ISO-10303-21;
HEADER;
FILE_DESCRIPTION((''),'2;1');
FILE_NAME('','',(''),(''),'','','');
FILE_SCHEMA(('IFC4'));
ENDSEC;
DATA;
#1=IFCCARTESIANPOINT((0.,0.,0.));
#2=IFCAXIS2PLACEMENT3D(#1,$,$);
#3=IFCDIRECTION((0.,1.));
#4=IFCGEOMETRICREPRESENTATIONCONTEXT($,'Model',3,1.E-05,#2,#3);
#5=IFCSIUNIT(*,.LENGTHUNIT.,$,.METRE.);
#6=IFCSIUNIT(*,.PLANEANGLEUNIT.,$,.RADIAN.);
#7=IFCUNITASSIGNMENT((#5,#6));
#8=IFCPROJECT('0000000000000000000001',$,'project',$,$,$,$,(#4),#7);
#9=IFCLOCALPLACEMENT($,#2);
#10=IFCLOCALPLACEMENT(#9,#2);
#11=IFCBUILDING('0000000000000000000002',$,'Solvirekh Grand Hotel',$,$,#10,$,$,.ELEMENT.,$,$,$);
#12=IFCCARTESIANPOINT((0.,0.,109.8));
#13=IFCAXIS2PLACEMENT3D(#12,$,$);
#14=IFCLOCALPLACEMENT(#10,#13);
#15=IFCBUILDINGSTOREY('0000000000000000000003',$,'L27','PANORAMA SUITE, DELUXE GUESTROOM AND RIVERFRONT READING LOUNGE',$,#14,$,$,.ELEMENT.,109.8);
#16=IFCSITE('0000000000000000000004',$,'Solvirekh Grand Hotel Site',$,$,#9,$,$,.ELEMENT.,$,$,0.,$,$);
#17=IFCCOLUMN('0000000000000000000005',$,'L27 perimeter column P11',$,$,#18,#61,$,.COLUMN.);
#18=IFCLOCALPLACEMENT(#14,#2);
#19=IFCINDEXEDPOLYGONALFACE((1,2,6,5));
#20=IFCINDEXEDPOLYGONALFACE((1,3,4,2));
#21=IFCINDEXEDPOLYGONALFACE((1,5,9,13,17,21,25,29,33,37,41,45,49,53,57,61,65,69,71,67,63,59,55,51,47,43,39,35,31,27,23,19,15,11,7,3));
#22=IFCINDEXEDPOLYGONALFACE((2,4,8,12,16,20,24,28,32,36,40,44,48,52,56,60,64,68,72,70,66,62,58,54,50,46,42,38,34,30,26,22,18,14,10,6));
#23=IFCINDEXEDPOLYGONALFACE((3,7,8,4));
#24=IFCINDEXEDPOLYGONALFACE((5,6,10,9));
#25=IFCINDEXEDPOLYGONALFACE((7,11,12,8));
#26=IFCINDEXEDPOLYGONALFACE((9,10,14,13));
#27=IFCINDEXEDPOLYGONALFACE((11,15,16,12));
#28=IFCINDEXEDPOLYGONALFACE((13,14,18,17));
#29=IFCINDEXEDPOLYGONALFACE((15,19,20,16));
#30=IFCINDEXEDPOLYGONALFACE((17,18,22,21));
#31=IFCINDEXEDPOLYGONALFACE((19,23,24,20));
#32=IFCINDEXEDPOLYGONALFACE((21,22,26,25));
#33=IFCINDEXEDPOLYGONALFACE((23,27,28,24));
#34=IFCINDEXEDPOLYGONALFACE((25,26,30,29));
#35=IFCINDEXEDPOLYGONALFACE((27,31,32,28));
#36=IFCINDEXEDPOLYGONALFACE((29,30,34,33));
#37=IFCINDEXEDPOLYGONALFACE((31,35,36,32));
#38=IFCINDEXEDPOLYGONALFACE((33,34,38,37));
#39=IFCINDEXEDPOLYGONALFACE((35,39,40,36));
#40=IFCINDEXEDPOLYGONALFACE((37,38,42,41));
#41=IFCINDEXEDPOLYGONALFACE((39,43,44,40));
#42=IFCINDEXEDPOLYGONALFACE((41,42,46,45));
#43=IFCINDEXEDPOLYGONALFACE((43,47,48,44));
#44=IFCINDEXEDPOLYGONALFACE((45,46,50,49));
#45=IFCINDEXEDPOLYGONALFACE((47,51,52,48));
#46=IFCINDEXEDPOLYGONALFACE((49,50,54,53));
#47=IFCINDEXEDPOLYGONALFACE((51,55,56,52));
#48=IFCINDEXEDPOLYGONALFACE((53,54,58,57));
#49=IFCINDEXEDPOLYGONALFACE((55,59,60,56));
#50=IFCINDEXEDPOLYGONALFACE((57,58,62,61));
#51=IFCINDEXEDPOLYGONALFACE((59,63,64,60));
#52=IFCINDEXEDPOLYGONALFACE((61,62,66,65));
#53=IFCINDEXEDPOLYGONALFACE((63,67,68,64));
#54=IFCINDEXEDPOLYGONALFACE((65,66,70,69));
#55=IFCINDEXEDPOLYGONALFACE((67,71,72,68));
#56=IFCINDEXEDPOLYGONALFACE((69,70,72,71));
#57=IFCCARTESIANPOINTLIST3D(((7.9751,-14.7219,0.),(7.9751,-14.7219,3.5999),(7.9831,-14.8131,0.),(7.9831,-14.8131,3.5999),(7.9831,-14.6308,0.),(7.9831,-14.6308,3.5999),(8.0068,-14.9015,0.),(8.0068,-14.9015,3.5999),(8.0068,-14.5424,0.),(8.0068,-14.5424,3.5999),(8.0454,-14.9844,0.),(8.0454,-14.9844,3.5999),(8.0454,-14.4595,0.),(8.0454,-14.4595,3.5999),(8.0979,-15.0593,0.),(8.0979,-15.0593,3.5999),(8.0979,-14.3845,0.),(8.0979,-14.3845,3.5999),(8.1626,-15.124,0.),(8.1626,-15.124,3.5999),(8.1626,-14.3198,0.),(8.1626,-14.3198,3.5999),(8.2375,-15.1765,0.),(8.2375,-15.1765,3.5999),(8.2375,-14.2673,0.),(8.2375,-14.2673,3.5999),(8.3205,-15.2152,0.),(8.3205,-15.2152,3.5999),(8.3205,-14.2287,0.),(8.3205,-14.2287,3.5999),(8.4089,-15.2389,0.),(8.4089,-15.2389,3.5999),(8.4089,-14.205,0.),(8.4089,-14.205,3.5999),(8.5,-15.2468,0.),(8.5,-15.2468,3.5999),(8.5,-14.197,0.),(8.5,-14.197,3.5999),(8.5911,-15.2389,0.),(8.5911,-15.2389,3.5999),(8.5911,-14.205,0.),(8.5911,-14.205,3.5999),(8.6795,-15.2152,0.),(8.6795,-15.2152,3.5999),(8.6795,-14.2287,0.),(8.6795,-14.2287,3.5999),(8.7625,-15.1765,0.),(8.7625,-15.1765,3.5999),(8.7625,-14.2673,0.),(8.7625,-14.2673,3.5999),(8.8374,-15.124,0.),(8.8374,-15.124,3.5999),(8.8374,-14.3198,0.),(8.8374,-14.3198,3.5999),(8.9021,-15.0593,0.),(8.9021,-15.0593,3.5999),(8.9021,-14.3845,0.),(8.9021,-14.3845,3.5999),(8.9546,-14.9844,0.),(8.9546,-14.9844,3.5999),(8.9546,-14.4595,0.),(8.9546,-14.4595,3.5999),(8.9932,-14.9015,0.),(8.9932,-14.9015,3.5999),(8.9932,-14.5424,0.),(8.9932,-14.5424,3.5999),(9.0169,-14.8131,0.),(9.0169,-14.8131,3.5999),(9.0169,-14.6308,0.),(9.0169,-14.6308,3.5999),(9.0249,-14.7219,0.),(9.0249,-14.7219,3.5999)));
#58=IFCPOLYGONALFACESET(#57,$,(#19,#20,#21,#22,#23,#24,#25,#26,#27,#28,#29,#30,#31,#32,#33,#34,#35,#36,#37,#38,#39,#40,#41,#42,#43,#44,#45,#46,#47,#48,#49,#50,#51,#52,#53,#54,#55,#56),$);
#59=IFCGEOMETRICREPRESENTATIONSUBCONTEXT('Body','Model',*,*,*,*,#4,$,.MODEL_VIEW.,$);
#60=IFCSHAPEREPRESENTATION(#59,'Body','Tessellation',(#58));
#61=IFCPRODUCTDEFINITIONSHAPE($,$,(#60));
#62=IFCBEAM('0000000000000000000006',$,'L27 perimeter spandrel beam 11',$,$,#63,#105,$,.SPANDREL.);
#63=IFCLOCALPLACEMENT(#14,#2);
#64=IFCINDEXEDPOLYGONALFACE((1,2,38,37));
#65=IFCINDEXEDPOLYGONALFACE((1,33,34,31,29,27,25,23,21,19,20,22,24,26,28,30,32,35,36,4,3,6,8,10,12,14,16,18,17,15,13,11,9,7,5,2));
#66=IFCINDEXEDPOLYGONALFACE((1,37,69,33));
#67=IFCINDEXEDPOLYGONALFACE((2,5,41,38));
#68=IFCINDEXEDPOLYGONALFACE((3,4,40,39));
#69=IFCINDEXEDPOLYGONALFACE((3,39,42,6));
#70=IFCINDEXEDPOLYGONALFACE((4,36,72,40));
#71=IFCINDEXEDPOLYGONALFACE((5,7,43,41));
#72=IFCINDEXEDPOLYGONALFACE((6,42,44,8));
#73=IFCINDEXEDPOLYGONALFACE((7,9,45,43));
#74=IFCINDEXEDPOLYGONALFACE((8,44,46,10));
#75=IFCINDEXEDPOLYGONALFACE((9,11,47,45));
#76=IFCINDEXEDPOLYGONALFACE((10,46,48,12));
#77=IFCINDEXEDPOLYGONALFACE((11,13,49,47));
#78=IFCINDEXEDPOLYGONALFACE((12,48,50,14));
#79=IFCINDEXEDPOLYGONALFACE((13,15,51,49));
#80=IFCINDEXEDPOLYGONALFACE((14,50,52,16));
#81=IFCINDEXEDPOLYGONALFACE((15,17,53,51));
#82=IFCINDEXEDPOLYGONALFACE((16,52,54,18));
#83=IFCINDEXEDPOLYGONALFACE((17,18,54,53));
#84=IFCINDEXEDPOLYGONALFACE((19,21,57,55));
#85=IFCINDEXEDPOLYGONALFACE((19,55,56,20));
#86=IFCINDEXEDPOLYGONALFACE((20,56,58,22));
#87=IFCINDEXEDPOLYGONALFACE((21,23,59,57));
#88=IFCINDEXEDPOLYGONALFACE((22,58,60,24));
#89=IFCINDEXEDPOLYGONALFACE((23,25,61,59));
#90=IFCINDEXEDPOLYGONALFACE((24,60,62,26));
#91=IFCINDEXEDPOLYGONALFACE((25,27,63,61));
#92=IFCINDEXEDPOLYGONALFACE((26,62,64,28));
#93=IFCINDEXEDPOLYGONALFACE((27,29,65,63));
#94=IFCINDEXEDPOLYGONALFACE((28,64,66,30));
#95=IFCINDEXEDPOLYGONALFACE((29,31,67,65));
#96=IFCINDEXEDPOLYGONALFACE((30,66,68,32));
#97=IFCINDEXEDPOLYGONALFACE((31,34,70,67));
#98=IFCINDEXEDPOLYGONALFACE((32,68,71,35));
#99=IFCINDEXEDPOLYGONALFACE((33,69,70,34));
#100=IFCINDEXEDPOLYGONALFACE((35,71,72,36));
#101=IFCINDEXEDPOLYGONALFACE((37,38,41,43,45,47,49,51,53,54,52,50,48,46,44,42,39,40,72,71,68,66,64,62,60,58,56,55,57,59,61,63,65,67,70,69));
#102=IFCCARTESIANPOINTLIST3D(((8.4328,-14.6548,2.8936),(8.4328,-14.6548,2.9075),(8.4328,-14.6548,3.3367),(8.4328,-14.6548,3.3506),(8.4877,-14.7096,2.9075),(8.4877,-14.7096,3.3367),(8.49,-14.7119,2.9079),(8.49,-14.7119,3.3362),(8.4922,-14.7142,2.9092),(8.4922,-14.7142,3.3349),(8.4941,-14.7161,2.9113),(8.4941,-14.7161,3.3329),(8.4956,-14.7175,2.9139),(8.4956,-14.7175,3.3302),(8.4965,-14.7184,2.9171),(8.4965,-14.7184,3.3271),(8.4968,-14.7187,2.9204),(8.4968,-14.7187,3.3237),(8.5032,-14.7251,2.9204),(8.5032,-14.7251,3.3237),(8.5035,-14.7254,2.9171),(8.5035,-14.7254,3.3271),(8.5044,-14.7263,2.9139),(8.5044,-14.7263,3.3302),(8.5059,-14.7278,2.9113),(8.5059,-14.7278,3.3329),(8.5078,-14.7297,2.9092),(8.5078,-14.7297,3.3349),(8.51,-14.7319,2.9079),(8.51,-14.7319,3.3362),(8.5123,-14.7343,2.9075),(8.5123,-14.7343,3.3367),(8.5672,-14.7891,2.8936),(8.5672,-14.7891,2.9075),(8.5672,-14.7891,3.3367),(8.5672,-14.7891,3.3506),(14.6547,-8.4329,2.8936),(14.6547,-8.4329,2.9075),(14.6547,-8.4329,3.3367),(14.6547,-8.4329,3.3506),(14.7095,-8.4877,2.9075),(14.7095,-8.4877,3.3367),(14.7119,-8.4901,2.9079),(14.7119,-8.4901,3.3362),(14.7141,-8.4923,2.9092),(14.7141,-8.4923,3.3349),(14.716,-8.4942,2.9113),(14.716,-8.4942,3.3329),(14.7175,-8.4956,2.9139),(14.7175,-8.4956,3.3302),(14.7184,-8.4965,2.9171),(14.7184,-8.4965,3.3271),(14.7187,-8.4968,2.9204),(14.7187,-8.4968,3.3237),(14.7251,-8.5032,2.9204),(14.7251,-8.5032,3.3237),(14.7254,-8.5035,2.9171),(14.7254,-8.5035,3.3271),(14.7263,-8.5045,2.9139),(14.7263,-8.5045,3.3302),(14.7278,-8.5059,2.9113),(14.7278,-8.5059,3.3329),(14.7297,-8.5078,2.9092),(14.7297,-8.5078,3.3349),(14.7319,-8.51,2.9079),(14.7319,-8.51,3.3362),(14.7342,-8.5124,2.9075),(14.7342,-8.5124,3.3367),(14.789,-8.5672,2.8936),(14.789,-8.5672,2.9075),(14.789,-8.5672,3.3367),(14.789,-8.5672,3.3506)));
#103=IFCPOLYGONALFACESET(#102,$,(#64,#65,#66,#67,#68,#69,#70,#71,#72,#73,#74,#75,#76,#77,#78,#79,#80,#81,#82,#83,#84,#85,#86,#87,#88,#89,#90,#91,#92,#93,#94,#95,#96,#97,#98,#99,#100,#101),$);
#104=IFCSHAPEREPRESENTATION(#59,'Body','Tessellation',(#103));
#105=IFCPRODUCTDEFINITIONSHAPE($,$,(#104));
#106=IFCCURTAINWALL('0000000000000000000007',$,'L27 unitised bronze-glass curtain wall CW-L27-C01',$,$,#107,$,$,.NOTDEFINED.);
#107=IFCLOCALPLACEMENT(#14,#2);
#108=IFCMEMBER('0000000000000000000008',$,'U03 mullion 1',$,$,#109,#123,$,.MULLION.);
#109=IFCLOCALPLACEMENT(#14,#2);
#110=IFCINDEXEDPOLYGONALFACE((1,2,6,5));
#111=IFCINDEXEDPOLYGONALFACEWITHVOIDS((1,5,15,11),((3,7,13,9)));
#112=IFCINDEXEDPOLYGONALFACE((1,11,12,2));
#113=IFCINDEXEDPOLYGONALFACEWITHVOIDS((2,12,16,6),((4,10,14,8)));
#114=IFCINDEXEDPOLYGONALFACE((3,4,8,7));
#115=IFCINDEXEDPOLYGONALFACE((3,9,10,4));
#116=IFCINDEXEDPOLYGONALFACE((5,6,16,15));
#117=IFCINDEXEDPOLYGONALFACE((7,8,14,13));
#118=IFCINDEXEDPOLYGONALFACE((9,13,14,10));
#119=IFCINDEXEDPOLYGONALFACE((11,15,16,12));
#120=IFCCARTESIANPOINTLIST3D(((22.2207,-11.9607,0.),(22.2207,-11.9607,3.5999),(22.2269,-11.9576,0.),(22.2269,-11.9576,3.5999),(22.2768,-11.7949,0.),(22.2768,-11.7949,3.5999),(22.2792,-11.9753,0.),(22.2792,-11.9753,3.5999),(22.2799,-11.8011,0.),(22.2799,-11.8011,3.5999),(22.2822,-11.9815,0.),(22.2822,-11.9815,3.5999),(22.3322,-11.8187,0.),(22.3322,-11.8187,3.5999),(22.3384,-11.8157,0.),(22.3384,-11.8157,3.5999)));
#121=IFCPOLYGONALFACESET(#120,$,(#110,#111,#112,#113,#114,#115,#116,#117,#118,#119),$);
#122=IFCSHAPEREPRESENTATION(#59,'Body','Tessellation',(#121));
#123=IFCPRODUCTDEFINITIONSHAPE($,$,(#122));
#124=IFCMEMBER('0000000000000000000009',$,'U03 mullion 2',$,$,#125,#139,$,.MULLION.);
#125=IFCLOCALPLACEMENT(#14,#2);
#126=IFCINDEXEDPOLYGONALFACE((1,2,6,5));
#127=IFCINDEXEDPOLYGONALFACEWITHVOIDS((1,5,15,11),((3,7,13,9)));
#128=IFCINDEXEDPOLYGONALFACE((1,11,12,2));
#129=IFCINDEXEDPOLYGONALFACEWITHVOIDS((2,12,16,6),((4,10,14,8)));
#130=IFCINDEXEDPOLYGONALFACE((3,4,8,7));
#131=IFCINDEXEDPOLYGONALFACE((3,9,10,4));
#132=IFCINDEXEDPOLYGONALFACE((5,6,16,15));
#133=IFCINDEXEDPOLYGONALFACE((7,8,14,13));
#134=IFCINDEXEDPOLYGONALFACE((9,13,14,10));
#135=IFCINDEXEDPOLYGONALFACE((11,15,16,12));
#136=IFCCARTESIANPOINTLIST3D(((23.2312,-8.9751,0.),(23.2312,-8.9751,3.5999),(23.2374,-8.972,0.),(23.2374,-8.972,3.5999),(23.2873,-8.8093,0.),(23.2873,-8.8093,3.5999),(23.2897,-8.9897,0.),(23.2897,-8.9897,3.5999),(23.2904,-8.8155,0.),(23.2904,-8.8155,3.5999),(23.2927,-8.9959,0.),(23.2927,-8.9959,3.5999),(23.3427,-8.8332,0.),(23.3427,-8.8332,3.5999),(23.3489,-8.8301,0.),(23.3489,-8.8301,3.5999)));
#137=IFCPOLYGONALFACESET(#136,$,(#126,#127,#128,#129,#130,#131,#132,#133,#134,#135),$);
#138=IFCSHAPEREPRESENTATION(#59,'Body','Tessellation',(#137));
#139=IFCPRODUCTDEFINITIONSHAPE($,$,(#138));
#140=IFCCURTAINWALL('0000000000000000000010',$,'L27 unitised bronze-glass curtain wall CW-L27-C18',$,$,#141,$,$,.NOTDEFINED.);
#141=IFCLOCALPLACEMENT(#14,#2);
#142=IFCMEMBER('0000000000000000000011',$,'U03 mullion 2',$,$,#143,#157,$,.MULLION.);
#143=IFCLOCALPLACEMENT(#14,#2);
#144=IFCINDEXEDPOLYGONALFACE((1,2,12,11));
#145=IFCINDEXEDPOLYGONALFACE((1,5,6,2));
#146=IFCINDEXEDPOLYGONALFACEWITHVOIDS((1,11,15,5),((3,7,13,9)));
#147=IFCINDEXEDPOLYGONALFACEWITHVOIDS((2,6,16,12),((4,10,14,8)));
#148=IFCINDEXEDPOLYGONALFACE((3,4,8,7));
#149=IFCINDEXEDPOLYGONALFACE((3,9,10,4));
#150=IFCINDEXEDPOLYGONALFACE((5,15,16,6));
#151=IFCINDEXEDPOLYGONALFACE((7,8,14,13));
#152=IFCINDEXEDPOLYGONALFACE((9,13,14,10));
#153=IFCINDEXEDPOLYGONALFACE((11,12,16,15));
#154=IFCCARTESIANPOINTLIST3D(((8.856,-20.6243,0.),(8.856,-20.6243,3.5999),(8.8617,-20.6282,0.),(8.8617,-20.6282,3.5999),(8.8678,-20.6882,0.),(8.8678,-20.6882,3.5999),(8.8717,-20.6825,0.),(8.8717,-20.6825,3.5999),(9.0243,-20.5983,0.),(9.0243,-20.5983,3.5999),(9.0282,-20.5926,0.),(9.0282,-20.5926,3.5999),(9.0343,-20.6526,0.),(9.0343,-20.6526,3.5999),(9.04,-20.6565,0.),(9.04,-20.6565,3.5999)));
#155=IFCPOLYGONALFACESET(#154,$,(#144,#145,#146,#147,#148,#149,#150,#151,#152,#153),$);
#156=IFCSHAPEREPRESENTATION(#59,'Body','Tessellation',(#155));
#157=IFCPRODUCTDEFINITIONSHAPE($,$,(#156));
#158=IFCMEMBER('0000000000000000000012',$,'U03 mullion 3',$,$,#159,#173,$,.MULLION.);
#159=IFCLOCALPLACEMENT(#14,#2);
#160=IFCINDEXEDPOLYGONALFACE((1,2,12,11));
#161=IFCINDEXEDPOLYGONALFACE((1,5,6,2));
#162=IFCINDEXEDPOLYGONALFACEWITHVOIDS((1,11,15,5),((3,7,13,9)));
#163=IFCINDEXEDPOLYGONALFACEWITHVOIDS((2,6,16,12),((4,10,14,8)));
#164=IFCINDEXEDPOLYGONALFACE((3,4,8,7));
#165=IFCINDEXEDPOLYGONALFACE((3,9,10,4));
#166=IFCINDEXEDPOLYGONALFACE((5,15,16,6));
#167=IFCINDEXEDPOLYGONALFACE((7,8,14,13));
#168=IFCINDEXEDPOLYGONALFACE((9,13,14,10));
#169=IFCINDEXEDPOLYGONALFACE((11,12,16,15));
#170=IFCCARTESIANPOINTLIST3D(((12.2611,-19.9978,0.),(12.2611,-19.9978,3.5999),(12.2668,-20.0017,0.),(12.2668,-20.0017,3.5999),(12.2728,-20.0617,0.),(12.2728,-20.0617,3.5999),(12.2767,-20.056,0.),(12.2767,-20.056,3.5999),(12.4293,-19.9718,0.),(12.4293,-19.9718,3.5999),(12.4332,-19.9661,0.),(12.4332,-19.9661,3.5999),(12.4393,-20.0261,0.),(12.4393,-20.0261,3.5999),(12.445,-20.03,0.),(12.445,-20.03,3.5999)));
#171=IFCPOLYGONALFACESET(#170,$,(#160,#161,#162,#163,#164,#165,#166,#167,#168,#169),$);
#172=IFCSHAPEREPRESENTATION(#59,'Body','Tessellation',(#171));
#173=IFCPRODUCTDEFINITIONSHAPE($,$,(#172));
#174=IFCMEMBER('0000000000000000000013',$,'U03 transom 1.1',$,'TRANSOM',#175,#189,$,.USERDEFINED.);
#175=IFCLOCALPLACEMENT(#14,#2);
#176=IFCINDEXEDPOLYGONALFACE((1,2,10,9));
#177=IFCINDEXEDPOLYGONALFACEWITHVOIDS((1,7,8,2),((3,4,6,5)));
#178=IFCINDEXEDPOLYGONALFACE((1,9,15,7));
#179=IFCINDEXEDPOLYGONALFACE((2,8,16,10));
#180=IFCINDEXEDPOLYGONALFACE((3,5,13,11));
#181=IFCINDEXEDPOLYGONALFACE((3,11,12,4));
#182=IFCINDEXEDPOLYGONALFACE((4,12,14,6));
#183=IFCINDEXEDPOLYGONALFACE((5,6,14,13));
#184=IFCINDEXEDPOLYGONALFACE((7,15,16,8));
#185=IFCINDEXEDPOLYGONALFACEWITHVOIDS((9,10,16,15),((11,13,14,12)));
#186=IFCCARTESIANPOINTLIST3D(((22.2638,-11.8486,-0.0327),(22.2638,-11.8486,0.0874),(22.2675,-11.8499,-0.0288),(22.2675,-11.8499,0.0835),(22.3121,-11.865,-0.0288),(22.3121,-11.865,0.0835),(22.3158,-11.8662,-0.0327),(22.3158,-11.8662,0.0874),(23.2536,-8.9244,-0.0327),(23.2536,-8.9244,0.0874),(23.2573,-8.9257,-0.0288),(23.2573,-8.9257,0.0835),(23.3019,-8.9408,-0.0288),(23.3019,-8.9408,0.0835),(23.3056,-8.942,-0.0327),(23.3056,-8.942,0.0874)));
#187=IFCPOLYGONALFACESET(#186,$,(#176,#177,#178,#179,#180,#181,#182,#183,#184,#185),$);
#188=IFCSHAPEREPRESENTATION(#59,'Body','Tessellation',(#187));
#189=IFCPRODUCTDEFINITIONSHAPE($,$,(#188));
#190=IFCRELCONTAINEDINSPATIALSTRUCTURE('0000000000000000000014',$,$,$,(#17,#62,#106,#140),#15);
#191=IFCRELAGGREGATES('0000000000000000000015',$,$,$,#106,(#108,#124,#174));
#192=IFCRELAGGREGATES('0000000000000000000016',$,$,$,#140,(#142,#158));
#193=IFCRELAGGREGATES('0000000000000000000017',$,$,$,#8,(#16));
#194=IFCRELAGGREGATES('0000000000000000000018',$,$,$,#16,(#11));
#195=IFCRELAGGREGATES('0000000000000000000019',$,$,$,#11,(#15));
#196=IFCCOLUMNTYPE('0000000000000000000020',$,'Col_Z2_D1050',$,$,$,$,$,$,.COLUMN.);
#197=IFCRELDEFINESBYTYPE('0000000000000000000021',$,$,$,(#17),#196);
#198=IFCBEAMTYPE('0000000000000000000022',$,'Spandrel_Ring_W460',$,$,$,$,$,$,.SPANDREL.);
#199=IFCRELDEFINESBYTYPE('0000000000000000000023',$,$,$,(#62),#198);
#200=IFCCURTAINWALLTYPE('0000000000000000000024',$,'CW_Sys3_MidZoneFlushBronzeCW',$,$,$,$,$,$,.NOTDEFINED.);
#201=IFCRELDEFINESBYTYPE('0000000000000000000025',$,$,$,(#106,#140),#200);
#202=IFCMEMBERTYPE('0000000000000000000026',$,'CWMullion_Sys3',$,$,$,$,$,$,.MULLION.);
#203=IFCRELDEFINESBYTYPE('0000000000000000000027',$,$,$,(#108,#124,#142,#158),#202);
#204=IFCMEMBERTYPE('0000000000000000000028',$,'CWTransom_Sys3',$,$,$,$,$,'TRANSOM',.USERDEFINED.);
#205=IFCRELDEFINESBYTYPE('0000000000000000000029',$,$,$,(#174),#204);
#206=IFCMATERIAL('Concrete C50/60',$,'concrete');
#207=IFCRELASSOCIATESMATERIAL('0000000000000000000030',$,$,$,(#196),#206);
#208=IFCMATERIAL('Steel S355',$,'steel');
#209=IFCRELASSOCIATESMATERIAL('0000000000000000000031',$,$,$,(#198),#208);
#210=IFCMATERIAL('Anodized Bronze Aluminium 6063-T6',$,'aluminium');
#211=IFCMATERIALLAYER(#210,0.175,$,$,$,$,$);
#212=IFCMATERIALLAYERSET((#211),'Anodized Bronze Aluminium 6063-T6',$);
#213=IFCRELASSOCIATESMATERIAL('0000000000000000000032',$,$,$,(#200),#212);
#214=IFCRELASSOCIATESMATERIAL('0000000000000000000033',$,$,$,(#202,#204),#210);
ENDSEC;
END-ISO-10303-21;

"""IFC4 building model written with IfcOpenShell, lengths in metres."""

from ifc_helpers import new_model, si_unit, direction, frame, origin, origin_2d, place, context, subcontext, project, spatial, hollow_rectangle, circle, i_section, extrude, source, transform, mapped, material, layer, layer_set, material_profile, profile_set, type_object, element, aggregate, save


model = new_model("IFC4")

# Units and contexts
model_context = context("Model", 3, precision=1e-05, world=origin(), true_north=direction((0.0, 1.0)))
body_context = subcontext(model_context, "Body", "Model", "MODEL_VIEW")
ifc_project = project(units=[si_unit("LENGTHUNIT", "METRE"), si_unit("PLANEANGLEUNIT", "RADIAN")], contexts=[model_context])

# Site, building, storey
site_placement = place(None, origin())
site = spatial("IfcSite", under=ifc_project, at=site_placement, Name="Solvirekh Grand Hotel Site", CompositionType="ELEMENT", RefElevation=0.0)
building_placement = place(site_placement, origin())
building = spatial("IfcBuilding", under=site, at=building_placement, Name="Solvirekh Grand Hotel", CompositionType="ELEMENT")
storey_placement = place(building_placement, frame((0.0, 0.0, 109.8)))
storey = spatial("IfcBuildingStorey", under=building, at=storey_placement, Name="L27", Description="PANORAMA SUITE, DELUXE GUESTROOM AND RIVERFRONT READING LOUNGE", CompositionType="ELEMENT", Elevation=109.8)

# Column
ifc_material_1 = material(Name="Concrete C50/60", Category="concrete")
ifc_material_profile_1 = material_profile(ifc_material_1, circle(Radius=0.5249, at=origin_2d()), Name="RC CIRC D1050")
ifc_profile_set_1 = profile_set([ifc_material_profile_1], Name="Concrete C50/60")
column_type = type_object("IfcColumnType", Name="Col_Z2_D1050", PredefinedType="COLUMN", material=ifc_profile_set_1)
column_placement = place(storey_placement, frame((8.5, -14.7219, 0.0), z_axis=(0.0, 0.0, 1.0), x_axis=(1.0, 0.0, 0.0)))
element("IfcColumn", 1, at=column_placement, inside=storey, type_object=column_type, Name="L27 perimeter column P11", PredefinedType="COLUMN", context=body_context, shape_type="SweptSolid", body=[
    extrude(circle(Radius=0.5249, at=origin_2d()), origin(), (0.0, 0.0, 1.0), 3.5999),
])

# Beam
ifc_material_2 = material(Name="Steel S355", Category="steel")
ifc_material_profile_2 = material_profile(ifc_material_2, i_section(OverallWidth=0.1899, OverallDepth=0.457, WebThickness=0.009, FlangeThickness=0.0139, FilletRadius=0.0129, at=origin_2d()), Name="W460X74")
ifc_profile_set_2 = profile_set([ifc_material_profile_2], Name="Steel S355")
beam_type = type_object("IfcBeamType", Name="Spandrel_Ring_W460", PredefinedType="SPANDREL", material=ifc_profile_set_2)
beam_placement = place(storey_placement, frame((8.5, -14.7219, 3.1221), z_axis=(0.707107, 0.707107, 0.0), x_axis=(-0.707107, 0.707107, 0.0)))
element("IfcBeam", 2, at=beam_placement, inside=storey, type_object=beam_type, Name="L27 perimeter spandrel beam 11", PredefinedType="SPANDREL", context=body_context, shape_type="SweptSolid", body=[
    extrude(i_section(OverallWidth=0.1899, OverallDepth=0.457, WebThickness=0.009, FlangeThickness=0.0139, FilletRadius=0.0129, at=origin_2d()), origin(), (0.0, 0.0, 1.0), 8.7991),
])

# Curtain walls, members
ifc_material_3 = material(Name="Anodized Bronze Aluminium 6063-T6", Category="aluminium")
ifc_layer_1 = layer(ifc_material_3, 0.175)
ifc_layer_set_1 = layer_set([ifc_layer_1], Name="Anodized Bronze Aluminium 6063-T6")
curtain_wall_type = type_object("IfcCurtainWallType", Name="CW_Sys3_MidZoneFlushBronzeCW", PredefinedType="NOTDEFINED", material=ifc_layer_set_1)
curtain_wall_1_placement = place(storey_placement, origin())
curtain_wall_1 = element("IfcCurtainWall", 3, at=curtain_wall_1_placement, inside=storey, type_object=curtain_wall_type, Name="L27 unitised bronze-glass curtain wall CW-L27-C01", PredefinedType="NOTDEFINED")
ifc_material_profile_3 = material_profile(ifc_material_3, hollow_rectangle(XDim=0.0649, YDim=0.175, WallThickness=0.0049, at=origin_2d()), Name="ALU RHS 175X65X5")
ifc_profile_set_3 = profile_set([ifc_material_profile_3], Name="Anodized Bronze Aluminium 6063-T6")
member_type_1 = type_object("IfcMemberType", Name="CWMullion_Sys3", PredefinedType="MULLION", material=ifc_profile_set_3)
shared_shape_1 = source(origin(), body_context, "Body", "SweptSolid", [
    extrude(hollow_rectangle(XDim=0.0649, YDim=0.175, WallThickness=0.0049, at=origin_2d()), origin(), (0.0, 0.0, 1.0), 3.5999),
])
member_1_placement = place(storey_placement, frame((22.2795, -11.8882, 0.0), z_axis=(0.0, 0.0, 1.0), x_axis=(-0.947213, 0.320605, 0.0)))
member_1 = element("IfcMember", 4, at=member_1_placement, type_object=member_type_1, Name="U03 mullion 1", PredefinedType="MULLION", context=body_context, shape_type="MappedRepresentation", body=[
    mapped(shared_shape_1, transform((0.0, 0.0, 0.0), x_axis=(1.0, 0.0, 0.0), y_axis=(0.0, 1.0, 0.0), z_axis=(0.0, 0.0, 1.0), scale=1.0)),
])
member_2_placement = place(storey_placement, frame((23.29, -8.9026, 0.0), z_axis=(0.0, 0.0, 1.0), x_axis=(-0.947213, 0.320605, 0.0)))
member_2 = element("IfcMember", 5, at=member_2_placement, type_object=member_type_1, Name="U03 mullion 2", PredefinedType="MULLION", context=body_context, shape_type="MappedRepresentation", body=[
    mapped(shared_shape_1, transform((0.0, 0.0, 0.0), x_axis=(1.0, 0.0, 0.0), y_axis=(0.0, 1.0, 0.0), z_axis=(0.0, 0.0, 1.0), scale=1.0)),
])
curtain_wall_2_placement = place(storey_placement, origin())
curtain_wall_2 = element("IfcCurtainWall", 6, at=curtain_wall_2_placement, inside=storey, type_object=curtain_wall_type, Name="L27 unitised bronze-glass curtain wall CW-L27-C18", PredefinedType="NOTDEFINED")
member_3_placement = place(storey_placement, frame((8.948, -20.6404, 0.0), z_axis=(0.0, 0.0, 1.0), x_axis=(-0.180988, 0.983485, 0.0)))
member_3 = element("IfcMember", 7, at=member_3_placement, type_object=member_type_1, Name="U03 mullion 2", PredefinedType="MULLION", context=body_context, shape_type="MappedRepresentation", body=[
    mapped(shared_shape_1, transform((0.0, 0.0, 0.0), x_axis=(1.0, 0.0, 0.0), y_axis=(0.0, 1.0, 0.0), z_axis=(0.0, 0.0, 1.0), scale=1.0)),
])
member_4_placement = place(storey_placement, frame((12.353, -20.0139, 0.0), z_axis=(0.0, 0.0, 1.0), x_axis=(-0.180988, 0.983485, 0.0)))
member_4 = element("IfcMember", 8, at=member_4_placement, type_object=member_type_1, Name="U03 mullion 3", PredefinedType="MULLION", context=body_context, shape_type="MappedRepresentation", body=[
    mapped(shared_shape_1, transform((0.0, 0.0, 0.0), x_axis=(1.0, 0.0, 0.0), y_axis=(0.0, 1.0, 0.0), z_axis=(0.0, 0.0, 1.0), scale=1.0)),
])

# Member
ifc_material_profile_4 = material_profile(ifc_material_3, hollow_rectangle(XDim=0.0549, YDim=0.1201, WallThickness=0.0039, at=origin_2d()), Name="ALU RHS 120X55X4")
ifc_profile_set_4 = profile_set([ifc_material_profile_4], Name="Anodized Bronze Aluminium 6063-T6")
member_type_2 = type_object("IfcMemberType", Name="CWTransom_Sys3", ElementType="TRANSOM", PredefinedType="USERDEFINED", material=ifc_profile_set_4)
shared_shape_2 = source(origin(), body_context, "Body", "SweptSolid", [
    extrude(hollow_rectangle(XDim=0.0549, YDim=0.1201, WallThickness=0.0039, at=origin_2d()), origin(), (0.0, 0.0, 1.0), 3.0872),
])
member_5_placement = place(storey_placement, frame((22.2898, -11.8574, 0.0273), z_axis=(0.320614, 0.94721, 0.0), x_axis=(-0.94721, 0.320614, 0.0)))
member_5 = element("IfcMember", 9, at=member_5_placement, type_object=member_type_2, Name="U03 transom 1.1", ObjectType="TRANSOM", PredefinedType="USERDEFINED", context=body_context, shape_type="MappedRepresentation", body=[
    mapped(shared_shape_2, transform((0.0, 0.0, 0.0), x_axis=(1.0, 0.0, 0.0), y_axis=(0.0, 1.0, 0.0), z_axis=(0.0, 0.0, 1.0), scale=1.0)),
])

aggregate(curtain_wall_1, [member_1, member_2, member_5])
aggregate(curtain_wall_2, [member_3, member_4])

save(model, "model.ifc")
